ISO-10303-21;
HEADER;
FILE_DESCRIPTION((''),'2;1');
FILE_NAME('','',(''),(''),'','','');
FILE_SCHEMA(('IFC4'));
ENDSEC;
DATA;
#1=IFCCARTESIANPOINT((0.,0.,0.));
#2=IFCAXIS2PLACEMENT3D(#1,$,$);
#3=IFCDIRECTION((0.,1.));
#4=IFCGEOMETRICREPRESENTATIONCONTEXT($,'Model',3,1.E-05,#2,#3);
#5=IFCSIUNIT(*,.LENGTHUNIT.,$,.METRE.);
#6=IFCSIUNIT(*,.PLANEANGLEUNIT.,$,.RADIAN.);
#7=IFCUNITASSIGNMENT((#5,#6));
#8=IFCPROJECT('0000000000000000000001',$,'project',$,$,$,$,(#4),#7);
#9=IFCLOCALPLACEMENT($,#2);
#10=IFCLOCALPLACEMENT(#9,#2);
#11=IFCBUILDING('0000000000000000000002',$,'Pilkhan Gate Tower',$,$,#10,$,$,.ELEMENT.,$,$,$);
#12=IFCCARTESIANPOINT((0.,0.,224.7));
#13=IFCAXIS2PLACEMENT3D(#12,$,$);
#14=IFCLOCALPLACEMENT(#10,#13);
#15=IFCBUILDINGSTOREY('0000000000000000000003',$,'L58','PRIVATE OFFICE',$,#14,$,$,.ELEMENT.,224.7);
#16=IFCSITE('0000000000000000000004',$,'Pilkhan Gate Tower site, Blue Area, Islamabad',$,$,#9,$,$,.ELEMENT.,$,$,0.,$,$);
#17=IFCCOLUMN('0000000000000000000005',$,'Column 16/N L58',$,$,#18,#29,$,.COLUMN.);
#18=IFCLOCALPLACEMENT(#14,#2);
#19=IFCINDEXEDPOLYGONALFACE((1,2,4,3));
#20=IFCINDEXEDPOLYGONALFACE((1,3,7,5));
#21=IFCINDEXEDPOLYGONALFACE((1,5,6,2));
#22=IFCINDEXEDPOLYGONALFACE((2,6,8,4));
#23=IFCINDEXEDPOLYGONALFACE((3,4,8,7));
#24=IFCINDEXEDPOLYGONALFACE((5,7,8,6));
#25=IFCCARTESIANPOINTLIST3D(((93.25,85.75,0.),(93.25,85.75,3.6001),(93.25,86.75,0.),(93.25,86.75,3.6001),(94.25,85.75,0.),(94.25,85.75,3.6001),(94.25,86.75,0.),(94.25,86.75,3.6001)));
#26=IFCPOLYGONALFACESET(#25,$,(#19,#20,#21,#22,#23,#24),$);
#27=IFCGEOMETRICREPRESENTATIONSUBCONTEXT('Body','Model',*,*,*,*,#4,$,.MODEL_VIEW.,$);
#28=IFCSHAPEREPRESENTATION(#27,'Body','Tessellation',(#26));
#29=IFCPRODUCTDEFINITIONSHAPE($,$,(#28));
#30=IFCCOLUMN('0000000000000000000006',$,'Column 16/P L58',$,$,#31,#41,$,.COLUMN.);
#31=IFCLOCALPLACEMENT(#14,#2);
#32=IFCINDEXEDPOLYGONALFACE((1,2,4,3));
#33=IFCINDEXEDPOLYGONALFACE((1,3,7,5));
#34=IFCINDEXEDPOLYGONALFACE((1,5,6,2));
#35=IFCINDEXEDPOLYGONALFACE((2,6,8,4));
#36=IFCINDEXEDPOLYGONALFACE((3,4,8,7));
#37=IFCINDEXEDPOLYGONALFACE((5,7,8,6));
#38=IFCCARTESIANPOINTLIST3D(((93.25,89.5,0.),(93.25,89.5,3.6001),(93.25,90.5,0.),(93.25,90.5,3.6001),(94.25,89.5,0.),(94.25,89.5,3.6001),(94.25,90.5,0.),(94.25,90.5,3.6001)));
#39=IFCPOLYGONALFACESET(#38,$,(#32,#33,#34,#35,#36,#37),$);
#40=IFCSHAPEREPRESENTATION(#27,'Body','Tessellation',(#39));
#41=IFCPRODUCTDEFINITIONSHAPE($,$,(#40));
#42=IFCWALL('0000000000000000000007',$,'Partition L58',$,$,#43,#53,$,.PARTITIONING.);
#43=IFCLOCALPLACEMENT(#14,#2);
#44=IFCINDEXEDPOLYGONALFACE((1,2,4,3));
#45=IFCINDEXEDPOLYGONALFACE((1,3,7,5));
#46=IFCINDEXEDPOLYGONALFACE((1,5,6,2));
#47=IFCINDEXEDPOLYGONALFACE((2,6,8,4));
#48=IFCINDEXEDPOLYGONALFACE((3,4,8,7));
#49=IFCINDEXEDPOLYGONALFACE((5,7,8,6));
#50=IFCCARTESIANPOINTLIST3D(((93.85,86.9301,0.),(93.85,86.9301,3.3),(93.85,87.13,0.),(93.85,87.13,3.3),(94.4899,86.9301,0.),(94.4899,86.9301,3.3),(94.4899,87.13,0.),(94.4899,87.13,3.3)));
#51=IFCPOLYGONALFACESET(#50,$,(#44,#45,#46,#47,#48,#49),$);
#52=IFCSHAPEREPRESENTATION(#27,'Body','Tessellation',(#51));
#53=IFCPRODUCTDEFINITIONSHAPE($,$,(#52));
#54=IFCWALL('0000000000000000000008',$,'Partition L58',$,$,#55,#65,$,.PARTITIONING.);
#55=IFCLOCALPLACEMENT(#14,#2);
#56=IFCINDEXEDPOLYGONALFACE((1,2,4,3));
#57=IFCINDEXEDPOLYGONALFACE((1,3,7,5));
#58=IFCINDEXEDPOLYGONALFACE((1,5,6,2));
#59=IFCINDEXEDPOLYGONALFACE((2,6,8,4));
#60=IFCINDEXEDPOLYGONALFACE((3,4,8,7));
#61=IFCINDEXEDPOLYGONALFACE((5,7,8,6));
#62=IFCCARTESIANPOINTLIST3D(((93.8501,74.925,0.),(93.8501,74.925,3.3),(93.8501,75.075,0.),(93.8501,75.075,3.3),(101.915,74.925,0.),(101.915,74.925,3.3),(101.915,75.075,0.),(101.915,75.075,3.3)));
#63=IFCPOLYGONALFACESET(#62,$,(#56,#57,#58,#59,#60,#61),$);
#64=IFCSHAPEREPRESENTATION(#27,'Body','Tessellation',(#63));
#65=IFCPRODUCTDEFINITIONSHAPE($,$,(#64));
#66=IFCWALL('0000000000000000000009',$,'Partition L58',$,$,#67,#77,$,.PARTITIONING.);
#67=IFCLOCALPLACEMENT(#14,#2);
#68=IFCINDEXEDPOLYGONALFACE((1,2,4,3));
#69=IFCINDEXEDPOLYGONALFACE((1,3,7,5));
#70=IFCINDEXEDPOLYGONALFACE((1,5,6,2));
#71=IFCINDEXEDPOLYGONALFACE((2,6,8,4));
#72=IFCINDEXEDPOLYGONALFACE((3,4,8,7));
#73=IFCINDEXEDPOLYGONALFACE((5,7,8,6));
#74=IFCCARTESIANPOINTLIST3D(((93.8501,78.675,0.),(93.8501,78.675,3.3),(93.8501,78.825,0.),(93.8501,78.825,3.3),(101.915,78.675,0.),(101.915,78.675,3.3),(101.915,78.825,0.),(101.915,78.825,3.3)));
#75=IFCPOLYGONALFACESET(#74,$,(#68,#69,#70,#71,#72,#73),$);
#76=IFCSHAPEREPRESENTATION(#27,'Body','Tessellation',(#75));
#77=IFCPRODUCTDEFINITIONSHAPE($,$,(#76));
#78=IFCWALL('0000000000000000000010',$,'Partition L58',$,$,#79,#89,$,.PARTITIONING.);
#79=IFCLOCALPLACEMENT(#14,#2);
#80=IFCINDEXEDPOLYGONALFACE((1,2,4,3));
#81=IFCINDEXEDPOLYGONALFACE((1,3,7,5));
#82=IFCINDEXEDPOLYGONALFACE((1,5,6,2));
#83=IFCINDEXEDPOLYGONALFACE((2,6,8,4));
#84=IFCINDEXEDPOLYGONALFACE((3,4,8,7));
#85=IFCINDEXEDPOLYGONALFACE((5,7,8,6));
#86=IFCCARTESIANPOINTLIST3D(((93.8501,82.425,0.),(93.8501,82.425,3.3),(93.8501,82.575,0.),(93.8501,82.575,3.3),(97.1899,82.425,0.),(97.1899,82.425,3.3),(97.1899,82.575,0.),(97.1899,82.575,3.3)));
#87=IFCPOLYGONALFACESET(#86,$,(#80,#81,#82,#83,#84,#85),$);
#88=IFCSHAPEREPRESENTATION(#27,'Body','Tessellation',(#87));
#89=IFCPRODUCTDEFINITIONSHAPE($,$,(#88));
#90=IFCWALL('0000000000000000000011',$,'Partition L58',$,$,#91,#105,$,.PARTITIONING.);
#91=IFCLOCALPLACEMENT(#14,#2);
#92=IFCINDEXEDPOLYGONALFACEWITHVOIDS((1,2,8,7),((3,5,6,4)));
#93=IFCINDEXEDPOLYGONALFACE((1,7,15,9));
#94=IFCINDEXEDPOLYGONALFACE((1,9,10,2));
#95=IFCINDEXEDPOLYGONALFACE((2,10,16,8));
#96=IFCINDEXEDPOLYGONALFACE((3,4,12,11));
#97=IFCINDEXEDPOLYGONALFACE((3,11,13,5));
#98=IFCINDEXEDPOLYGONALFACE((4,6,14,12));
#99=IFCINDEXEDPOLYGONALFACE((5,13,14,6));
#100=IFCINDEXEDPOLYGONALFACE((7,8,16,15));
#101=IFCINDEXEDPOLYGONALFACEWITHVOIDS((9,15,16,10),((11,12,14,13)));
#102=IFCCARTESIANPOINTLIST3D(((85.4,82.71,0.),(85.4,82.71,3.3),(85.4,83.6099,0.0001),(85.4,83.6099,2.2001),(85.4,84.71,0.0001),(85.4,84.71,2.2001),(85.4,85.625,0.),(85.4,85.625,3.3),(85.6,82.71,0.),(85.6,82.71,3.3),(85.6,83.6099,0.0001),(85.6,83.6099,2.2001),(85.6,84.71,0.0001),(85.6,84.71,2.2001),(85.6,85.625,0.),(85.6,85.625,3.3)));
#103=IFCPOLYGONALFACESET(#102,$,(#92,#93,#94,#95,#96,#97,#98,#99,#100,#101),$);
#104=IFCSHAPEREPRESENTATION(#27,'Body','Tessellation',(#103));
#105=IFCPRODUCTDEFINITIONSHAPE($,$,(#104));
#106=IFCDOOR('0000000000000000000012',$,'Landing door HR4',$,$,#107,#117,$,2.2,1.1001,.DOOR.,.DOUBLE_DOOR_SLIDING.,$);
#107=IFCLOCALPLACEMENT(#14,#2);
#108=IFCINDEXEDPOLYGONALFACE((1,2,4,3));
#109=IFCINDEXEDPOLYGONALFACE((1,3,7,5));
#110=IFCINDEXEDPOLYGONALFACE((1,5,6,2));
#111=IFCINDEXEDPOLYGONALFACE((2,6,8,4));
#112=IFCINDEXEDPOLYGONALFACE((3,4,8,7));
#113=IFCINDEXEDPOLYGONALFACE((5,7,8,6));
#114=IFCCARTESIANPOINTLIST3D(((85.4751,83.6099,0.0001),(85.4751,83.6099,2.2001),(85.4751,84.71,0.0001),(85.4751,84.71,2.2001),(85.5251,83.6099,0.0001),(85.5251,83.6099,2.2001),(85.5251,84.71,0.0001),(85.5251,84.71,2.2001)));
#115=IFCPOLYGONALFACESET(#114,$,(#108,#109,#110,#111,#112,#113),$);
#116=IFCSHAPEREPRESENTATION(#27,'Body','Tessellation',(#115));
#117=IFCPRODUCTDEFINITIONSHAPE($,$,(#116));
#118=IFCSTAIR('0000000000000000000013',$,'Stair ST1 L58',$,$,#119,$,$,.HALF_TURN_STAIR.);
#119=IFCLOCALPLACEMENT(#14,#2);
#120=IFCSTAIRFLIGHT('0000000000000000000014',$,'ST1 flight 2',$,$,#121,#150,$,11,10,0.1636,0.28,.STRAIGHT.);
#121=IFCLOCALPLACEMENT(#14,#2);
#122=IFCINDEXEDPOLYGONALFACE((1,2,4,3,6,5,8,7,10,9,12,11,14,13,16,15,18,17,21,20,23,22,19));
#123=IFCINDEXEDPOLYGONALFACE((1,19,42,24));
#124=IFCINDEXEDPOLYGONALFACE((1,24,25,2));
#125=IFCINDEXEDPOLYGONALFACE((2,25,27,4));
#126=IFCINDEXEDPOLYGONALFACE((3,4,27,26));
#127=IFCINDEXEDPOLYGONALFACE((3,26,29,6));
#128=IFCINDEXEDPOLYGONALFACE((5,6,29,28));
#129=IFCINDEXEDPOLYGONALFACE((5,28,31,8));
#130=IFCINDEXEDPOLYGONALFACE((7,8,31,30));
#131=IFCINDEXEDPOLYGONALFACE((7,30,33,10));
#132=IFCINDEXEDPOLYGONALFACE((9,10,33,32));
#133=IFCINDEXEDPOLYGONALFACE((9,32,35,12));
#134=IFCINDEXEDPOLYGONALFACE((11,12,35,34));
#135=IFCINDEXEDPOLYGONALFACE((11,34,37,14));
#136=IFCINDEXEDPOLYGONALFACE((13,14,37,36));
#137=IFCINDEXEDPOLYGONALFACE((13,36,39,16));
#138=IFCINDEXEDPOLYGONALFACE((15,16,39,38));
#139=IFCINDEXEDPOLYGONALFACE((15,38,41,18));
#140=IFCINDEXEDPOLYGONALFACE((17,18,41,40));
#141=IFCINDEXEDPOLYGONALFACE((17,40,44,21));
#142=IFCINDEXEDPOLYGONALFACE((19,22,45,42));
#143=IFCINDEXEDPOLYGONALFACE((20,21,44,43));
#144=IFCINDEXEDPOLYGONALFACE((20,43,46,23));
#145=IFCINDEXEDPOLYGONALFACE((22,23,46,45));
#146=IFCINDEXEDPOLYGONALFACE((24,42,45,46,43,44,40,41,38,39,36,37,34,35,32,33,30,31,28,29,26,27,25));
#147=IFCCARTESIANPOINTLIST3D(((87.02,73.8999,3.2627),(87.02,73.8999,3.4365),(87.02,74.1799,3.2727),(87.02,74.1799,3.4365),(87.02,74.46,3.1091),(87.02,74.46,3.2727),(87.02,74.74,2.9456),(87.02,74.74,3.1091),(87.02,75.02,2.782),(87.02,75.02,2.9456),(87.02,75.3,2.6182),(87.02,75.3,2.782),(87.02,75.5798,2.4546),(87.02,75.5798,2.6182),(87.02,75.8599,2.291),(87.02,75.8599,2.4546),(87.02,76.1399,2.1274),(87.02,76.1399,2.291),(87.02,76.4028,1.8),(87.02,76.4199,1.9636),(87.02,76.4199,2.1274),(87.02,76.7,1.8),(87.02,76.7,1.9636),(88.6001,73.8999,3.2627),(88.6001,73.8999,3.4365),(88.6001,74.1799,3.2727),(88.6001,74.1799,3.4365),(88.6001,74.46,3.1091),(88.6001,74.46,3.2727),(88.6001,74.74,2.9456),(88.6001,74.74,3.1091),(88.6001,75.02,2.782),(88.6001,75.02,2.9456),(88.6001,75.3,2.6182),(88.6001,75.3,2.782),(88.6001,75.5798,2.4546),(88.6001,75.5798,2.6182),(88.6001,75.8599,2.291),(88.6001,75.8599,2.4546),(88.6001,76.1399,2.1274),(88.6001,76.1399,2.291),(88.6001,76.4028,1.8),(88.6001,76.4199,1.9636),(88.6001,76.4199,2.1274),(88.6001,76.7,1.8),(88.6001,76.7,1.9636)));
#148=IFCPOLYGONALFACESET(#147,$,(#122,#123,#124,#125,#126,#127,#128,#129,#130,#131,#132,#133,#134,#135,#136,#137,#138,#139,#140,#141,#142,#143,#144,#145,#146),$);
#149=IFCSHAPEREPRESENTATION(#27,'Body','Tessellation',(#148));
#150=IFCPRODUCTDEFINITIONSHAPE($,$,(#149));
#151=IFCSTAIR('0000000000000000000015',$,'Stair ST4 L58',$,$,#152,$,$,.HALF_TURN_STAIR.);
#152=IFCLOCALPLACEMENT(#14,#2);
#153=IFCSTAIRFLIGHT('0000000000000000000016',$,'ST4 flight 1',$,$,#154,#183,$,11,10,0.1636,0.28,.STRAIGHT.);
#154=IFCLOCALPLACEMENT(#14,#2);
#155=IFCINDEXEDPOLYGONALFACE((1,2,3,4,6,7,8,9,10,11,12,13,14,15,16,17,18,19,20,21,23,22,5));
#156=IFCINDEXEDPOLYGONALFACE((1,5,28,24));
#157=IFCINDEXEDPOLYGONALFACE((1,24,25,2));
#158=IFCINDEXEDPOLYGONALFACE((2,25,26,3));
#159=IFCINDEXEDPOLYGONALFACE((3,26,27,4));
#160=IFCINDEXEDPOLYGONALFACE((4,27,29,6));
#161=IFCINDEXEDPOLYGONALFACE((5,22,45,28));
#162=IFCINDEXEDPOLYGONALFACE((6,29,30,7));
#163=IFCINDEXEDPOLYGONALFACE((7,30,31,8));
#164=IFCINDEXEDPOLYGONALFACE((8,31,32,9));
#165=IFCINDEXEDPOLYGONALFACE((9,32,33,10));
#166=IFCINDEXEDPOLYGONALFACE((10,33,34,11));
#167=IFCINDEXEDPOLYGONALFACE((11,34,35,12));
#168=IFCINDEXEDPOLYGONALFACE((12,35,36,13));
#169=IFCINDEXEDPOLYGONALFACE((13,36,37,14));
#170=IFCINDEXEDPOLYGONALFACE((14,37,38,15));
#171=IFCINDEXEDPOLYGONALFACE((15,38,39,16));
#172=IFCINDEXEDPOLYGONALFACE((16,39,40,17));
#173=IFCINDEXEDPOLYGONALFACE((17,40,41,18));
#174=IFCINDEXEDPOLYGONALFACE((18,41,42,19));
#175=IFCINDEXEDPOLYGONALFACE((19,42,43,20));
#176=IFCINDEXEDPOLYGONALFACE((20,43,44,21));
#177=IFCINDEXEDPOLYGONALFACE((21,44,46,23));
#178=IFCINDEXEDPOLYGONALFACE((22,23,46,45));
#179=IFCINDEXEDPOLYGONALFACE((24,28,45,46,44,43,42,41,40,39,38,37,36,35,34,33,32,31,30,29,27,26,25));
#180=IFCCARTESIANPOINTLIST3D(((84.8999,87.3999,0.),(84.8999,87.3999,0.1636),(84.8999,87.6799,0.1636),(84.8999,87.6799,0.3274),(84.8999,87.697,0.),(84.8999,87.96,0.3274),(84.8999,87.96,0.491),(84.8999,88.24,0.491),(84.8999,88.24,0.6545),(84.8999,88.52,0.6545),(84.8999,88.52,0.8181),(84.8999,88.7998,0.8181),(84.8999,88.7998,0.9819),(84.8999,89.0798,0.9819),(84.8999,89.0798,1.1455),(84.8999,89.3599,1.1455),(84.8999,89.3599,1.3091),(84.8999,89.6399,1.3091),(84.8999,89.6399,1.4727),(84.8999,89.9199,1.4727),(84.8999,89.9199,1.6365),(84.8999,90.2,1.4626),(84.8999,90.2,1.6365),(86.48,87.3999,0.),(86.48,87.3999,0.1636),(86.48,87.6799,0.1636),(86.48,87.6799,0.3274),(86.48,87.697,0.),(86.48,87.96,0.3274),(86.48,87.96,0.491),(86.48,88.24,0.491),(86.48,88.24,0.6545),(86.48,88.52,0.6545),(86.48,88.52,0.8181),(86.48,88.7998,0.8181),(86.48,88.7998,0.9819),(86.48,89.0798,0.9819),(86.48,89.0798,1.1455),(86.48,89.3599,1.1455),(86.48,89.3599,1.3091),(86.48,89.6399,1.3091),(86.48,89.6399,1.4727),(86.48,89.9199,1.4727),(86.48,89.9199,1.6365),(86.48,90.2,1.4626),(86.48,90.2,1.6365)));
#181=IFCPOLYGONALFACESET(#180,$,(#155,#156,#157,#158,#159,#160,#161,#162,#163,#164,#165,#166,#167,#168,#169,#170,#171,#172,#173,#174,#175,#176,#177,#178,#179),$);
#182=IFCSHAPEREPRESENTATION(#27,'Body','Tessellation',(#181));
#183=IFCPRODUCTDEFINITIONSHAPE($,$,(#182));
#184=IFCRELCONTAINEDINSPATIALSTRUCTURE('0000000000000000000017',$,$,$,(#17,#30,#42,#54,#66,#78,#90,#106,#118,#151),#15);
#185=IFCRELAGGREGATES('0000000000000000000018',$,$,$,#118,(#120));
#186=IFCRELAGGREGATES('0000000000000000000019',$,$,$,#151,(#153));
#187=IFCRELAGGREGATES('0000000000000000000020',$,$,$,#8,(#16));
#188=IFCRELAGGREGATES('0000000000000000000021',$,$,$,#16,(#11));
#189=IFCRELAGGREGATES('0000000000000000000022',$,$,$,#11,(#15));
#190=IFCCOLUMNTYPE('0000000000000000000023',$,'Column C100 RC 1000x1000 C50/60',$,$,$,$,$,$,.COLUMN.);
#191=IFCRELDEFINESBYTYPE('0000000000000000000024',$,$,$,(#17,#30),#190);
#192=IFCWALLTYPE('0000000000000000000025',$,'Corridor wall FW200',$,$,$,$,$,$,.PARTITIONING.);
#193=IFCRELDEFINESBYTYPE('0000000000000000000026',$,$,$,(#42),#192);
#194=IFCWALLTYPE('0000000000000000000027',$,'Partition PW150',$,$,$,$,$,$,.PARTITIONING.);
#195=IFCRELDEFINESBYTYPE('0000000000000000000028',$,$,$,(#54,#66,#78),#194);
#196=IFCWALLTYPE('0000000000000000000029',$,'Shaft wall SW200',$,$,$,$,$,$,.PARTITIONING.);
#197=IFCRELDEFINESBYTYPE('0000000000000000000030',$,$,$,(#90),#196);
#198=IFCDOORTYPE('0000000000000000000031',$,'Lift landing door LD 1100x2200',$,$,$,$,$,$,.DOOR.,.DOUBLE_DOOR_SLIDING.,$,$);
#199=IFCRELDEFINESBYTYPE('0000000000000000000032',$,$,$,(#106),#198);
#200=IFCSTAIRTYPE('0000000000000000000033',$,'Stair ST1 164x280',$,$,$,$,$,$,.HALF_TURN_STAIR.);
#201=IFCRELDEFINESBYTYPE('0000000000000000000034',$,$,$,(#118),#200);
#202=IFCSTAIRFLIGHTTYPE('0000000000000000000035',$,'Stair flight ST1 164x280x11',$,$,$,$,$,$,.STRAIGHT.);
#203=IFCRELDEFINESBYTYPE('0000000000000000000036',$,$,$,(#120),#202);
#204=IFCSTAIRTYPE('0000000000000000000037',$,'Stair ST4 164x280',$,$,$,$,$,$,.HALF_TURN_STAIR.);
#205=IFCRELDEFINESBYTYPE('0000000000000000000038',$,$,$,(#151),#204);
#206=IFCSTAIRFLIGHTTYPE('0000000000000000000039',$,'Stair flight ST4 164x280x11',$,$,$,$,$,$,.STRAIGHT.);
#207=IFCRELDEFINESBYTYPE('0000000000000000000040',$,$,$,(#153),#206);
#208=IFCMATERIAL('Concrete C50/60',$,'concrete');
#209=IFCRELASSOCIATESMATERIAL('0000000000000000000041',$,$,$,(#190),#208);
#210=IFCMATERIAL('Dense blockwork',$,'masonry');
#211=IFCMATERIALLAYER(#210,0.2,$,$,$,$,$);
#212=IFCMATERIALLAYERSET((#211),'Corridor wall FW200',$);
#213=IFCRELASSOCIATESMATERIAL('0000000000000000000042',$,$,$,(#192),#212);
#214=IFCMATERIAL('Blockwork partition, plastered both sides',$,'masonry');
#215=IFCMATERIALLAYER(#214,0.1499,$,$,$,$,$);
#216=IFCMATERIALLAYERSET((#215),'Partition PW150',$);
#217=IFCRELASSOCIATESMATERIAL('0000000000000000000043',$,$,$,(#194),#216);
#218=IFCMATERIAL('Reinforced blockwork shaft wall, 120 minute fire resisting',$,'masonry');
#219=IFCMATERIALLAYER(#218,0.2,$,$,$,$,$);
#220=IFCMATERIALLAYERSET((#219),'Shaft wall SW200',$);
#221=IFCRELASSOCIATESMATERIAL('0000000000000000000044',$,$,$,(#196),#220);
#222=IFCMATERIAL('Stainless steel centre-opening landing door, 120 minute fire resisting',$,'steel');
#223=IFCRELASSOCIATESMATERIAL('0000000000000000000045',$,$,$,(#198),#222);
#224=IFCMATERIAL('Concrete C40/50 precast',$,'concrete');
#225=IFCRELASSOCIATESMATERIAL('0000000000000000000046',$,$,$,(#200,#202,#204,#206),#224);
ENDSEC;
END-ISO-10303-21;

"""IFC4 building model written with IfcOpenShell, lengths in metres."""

from ifc_helpers import new_model, si_unit, direction, frame, frame_2d, origin, origin_2d, place, context, subcontext, project, spatial, polyline, rectangle, outline, extrude, material, layer, layer_set, material_profile, profile_set, type_object, element, fill, aggregate, save


model = new_model("IFC4")

# Units and contexts
model_context = context("Model", 3, precision=1e-05, world=origin(), true_north=direction((0.0, 1.0)))
body_context = subcontext(model_context, "Body", "Model", "MODEL_VIEW")
ifc_project = project(units=[si_unit("LENGTHUNIT", "METRE"), si_unit("PLANEANGLEUNIT", "RADIAN")], contexts=[model_context])

# Site, building, storey
site_placement = place(None, origin())
site = spatial("IfcSite", under=ifc_project, at=site_placement, Name="Pilkhan Gate Tower site, Blue Area, Islamabad", CompositionType="ELEMENT", RefElevation=0.0)
building_placement = place(site_placement, origin())
building = spatial("IfcBuilding", under=site, at=building_placement, Name="Pilkhan Gate Tower", CompositionType="ELEMENT")
storey_placement = place(building_placement, frame((0.0, 0.0, 224.7)))
storey = spatial("IfcBuildingStorey", under=building, at=storey_placement, Name="L58", Description="PRIVATE OFFICE", CompositionType="ELEMENT", Elevation=224.7)

# Columns
ifc_material_1 = material(Name="Concrete C50/60", Category="concrete")
ifc_material_profile = material_profile(ifc_material_1, rectangle(XDim=1.0, YDim=1.0, at=origin_2d()), Name="RC 1000x1000")
ifc_profile_set = profile_set([ifc_material_profile], Name="Concrete C50/60")
column_type = type_object("IfcColumnType", Name="Column C100 RC 1000x1000 C50/60", PredefinedType="COLUMN", material=ifc_profile_set)
for number, where, z_axis, x_axis, name in (
    (1, (93.75, 86.25, 0.0), (0.0, 0.0, 1.0), (1.0, 0.0, 0.0), "Column 16/N L58"),
    (2, (93.75, 90.0, 0.0), (0.0, 0.0, 1.0), (1.0, 0.0, 0.0), "Column 16/P L58"),
):
    element("IfcColumn", number, at=place(storey_placement, frame(where, z_axis=z_axis, x_axis=x_axis)), inside=storey, type_object=column_type, Name=name, PredefinedType="COLUMN", context=body_context, shape_type="SweptSolid", body=[
        extrude(rectangle(XDim=1.0, YDim=1.0, at=origin_2d()), origin(), (0.0, 0.0, 1.0), 3.6001),
    ])

# Walls
ifc_material_2 = material(Name="Dense blockwork", Category="masonry")
ifc_layer_1 = layer(ifc_material_2, 0.2)
ifc_layer_set_1 = layer_set([ifc_layer_1], Name="Corridor wall FW200")
wall_type_1 = type_object("IfcWallType", Name="Corridor wall FW200", PredefinedType="PARTITIONING", material=ifc_layer_set_1)
wall_1_placement = place(storey_placement, frame((93.8501, 87.03, 0.0), z_axis=(0.0, 0.0, 1.0), x_axis=(1.0, 0.0, 0.0)))
element("IfcWall", 3, at=wall_1_placement, inside=storey, type_object=wall_type_1, Name="Partition L58", PredefinedType="PARTITIONING", context=body_context, shape_type="SweptSolid", body=[
    extrude(rectangle(XDim=0.6399, YDim=0.2, at=frame_2d((0.3198, 0.0))), origin(), (0.0, 0.0, 1.0), 3.3),
])
ifc_material_3 = material(Name="Blockwork partition, plastered both sides", Category="masonry")
ifc_layer_2 = layer(ifc_material_3, 0.1499)
ifc_layer_set_2 = layer_set([ifc_layer_2], Name="Partition PW150")
wall_type_2 = type_object("IfcWallType", Name="Partition PW150", PredefinedType="PARTITIONING", material=ifc_layer_set_2)
for number, where, z_axis, x_axis, name in (
    (4, (93.8501, 75.0, 0.0), (0.0, 0.0, 1.0), (1.0, 0.0, 0.0), "Partition L58"),
    (5, (93.8501, 78.75, 0.0), (0.0, 0.0, 1.0), (1.0, 0.0, 0.0), "Partition L58"),
):
    element("IfcWall", number, at=place(storey_placement, frame(where, z_axis=z_axis, x_axis=x_axis)), inside=storey, type_object=wall_type_2, Name=name, PredefinedType="PARTITIONING", context=body_context, shape_type="SweptSolid", body=[
        extrude(rectangle(XDim=8.0649, YDim=0.1499, at=frame_2d((4.0325, 0.0))), origin(), (0.0, 0.0, 1.0), 3.3),
    ])
wall_2_placement = place(storey_placement, frame((93.8501, 82.5, 0.0), z_axis=(0.0, 0.0, 1.0), x_axis=(1.0, 0.0, 0.0)))
element("IfcWall", 6, at=wall_2_placement, inside=storey, type_object=wall_type_2, Name="Partition L58", PredefinedType="PARTITIONING", context=body_context, shape_type="SweptSolid", body=[
    extrude(rectangle(XDim=3.3398, YDim=0.1499, at=frame_2d((1.6699, 0.0))), origin(), (0.0, 0.0, 1.0), 3.3),
])

# Wall, opening, door
ifc_material_4 = material(Name="Reinforced blockwork shaft wall, 120 minute fire resisting", Category="masonry")
ifc_layer_3 = layer(ifc_material_4, 0.2)
ifc_layer_set_3 = layer_set([ifc_layer_3], Name="Shaft wall SW200")
wall_type_3 = type_object("IfcWallType", Name="Shaft wall SW200", PredefinedType="PARTITIONING", material=ifc_layer_set_3)
wall_3_placement = place(storey_placement, frame((85.5, 82.71, 0.0), z_axis=(0.0, 0.0, 1.0), x_axis=(0.0, 1.0, 0.0)))
wall_3 = element("IfcWall", 7, at=wall_3_placement, inside=storey, type_object=wall_type_3, Name="Partition L58", PredefinedType="PARTITIONING", context=body_context, shape_type="SweptSolid", body=[
    extrude(rectangle(XDim=2.915, YDim=0.2, at=frame_2d((1.4575, 0.0))), origin(), (0.0, 0.0, 1.0), 3.3),
])
opening_placement = place(wall_3_placement, frame((0.8999, 0.0, 0.0)))
opening = element("IfcOpeningElement", 8, at=opening_placement, cuts=wall_3, PredefinedType="OPENING", context=body_context, shape_type="SweptSolid", body=[
    extrude(rectangle(XDim=1.1001, YDim=2.2, at=frame_2d((0.55, 1.1001))), frame((0.0, 0.1099, 0.0), z_axis=(0.0, -1.0, 0.0), x_axis=(1.0, 0.0, 0.0)), (0.0, 0.0, 1.0), 0.22),
])
ifc_material_5 = material(Name="Stainless steel centre-opening landing door, 120 minute fire resisting", Category="steel")
door_type = type_object("IfcDoorType", Name="Lift landing door LD 1100x2200", OperationType="DOUBLE_DOOR_SLIDING", PredefinedType="DOOR", material=ifc_material_5)
door_placement = place(opening_placement, origin())
door = element("IfcDoor", 9, at=door_placement, inside=storey, type_object=door_type, Name="Landing door HR4", OperationType="DOUBLE_DOOR_SLIDING", OverallHeight=2.2, OverallWidth=1.1001, PredefinedType="DOOR", context=body_context, shape_type="SweptSolid", body=[
    extrude(rectangle(XDim=1.1001, YDim=2.2, at=frame_2d((0.55, 1.1001))), frame((0.0, 0.0249, 0.0), z_axis=(0.0, -1.0, 0.0), x_axis=(1.0, 0.0, 0.0)), (0.0, 0.0, 1.0), 0.05),
])
fill(opening, door)

# Stairs, stair flights
ifc_material_6 = material(Name="Concrete C40/50 precast", Category="concrete")
stair_type_1 = type_object("IfcStairType", Name="Stair ST1 164x280", PredefinedType="HALF_TURN_STAIR", material=ifc_material_6)
stair_1_placement = place(storey_placement, origin())
stair_1 = element("IfcStair", 10, at=stair_1_placement, inside=storey, type_object=stair_type_1, Name="Stair ST1 L58", PredefinedType="HALF_TURN_STAIR")
stair_flight_type_1 = type_object("IfcStairFlightType", Name="Stair flight ST1 164x280x11", PredefinedType="STRAIGHT", material=ifc_material_6)
stair_flight_1_placement = place(storey_placement, frame((87.8101, 76.7, 1.8), z_axis=(0.0, 0.0, 1.0), x_axis=(0.0, -1.0, 0.0)))
stair_flight_1 = element("IfcStairFlight", 11, at=stair_flight_1_placement, type_object=stair_flight_type_1, Name="ST1 flight 2", NumberOfRisers=11, NumberOfTreads=10, PredefinedType="STRAIGHT", RiserHeight=0.1636, TreadLength=0.28, context=body_context, shape_type="SweptSolid", body=[
    extrude(outline(polyline([(0.0, 0.0), (0.0, 0.1636), (0.28, 0.1636), (0.28, 0.3274), (0.5601, 0.3274), (0.5601, 0.491), (0.8401, 0.491), (0.8401, 0.6545), (1.1201, 0.6545), (1.1201, 0.8181), (1.3999, 0.8181), (1.3999, 0.9819), (1.6799, 0.9819), (1.6799, 1.1455), (1.96, 1.1455), (1.96, 1.3091), (2.24, 1.3091), (2.24, 1.4727), (2.52, 1.4727), (2.52, 1.6365), (2.8, 1.6365), (2.8, 1.8), (2.8, 1.4626), (0.2971, 0.0), (0.0, 0.0)])), frame((0.0, 0.79, 0.0), z_axis=(0.0, -1.0, 0.0), x_axis=(1.0, 0.0, 0.0)), (0.0, 0.0, 1.0), 1.5801),
])
aggregate(stair_1, [stair_flight_1])
stair_type_2 = type_object("IfcStairType", Name="Stair ST4 164x280", PredefinedType="HALF_TURN_STAIR", material=ifc_material_6)
stair_2_placement = place(storey_placement, origin())
stair_2 = element("IfcStair", 12, at=stair_2_placement, inside=storey, type_object=stair_type_2, Name="Stair ST4 L58", PredefinedType="HALF_TURN_STAIR")
stair_flight_type_2 = type_object("IfcStairFlightType", Name="Stair flight ST4 164x280x11", PredefinedType="STRAIGHT", material=ifc_material_6)
stair_flight_2_placement = place(storey_placement, frame((85.6899, 87.3999, 0.0), z_axis=(0.0, 0.0, 1.0), x_axis=(0.0, 1.0, 0.0)))
stair_flight_2 = element("IfcStairFlight", 13, at=stair_flight_2_placement, type_object=stair_flight_type_2, Name="ST4 flight 1", NumberOfRisers=11, NumberOfTreads=10, PredefinedType="STRAIGHT", RiserHeight=0.1636, TreadLength=0.28, context=body_context, shape_type="SweptSolid", body=[
    extrude(outline(polyline([(0.0, 0.0), (0.0, 0.1636), (0.28, 0.1636), (0.28, 0.3274), (0.5601, 0.3274), (0.5601, 0.491), (0.8401, 0.491), (0.8401, 0.6545), (1.1201, 0.6545), (1.1201, 0.8181), (1.3999, 0.8181), (1.3999, 0.9819), (1.6799, 0.9819), (1.6799, 1.1455), (1.96, 1.1455), (1.96, 1.3091), (2.24, 1.3091), (2.24, 1.4727), (2.52, 1.4727), (2.52, 1.6365), (2.8, 1.6365), (2.8, 1.8), (2.8, 1.4626), (0.2971, 0.0), (0.0, 0.0)])), frame((0.0, 0.79, 0.0), z_axis=(0.0, -1.0, 0.0), x_axis=(1.0, 0.0, 0.0)), (0.0, 0.0, 1.0), 1.5801),
])
aggregate(stair_2, [stair_flight_2])

save(model, "model.ifc")
